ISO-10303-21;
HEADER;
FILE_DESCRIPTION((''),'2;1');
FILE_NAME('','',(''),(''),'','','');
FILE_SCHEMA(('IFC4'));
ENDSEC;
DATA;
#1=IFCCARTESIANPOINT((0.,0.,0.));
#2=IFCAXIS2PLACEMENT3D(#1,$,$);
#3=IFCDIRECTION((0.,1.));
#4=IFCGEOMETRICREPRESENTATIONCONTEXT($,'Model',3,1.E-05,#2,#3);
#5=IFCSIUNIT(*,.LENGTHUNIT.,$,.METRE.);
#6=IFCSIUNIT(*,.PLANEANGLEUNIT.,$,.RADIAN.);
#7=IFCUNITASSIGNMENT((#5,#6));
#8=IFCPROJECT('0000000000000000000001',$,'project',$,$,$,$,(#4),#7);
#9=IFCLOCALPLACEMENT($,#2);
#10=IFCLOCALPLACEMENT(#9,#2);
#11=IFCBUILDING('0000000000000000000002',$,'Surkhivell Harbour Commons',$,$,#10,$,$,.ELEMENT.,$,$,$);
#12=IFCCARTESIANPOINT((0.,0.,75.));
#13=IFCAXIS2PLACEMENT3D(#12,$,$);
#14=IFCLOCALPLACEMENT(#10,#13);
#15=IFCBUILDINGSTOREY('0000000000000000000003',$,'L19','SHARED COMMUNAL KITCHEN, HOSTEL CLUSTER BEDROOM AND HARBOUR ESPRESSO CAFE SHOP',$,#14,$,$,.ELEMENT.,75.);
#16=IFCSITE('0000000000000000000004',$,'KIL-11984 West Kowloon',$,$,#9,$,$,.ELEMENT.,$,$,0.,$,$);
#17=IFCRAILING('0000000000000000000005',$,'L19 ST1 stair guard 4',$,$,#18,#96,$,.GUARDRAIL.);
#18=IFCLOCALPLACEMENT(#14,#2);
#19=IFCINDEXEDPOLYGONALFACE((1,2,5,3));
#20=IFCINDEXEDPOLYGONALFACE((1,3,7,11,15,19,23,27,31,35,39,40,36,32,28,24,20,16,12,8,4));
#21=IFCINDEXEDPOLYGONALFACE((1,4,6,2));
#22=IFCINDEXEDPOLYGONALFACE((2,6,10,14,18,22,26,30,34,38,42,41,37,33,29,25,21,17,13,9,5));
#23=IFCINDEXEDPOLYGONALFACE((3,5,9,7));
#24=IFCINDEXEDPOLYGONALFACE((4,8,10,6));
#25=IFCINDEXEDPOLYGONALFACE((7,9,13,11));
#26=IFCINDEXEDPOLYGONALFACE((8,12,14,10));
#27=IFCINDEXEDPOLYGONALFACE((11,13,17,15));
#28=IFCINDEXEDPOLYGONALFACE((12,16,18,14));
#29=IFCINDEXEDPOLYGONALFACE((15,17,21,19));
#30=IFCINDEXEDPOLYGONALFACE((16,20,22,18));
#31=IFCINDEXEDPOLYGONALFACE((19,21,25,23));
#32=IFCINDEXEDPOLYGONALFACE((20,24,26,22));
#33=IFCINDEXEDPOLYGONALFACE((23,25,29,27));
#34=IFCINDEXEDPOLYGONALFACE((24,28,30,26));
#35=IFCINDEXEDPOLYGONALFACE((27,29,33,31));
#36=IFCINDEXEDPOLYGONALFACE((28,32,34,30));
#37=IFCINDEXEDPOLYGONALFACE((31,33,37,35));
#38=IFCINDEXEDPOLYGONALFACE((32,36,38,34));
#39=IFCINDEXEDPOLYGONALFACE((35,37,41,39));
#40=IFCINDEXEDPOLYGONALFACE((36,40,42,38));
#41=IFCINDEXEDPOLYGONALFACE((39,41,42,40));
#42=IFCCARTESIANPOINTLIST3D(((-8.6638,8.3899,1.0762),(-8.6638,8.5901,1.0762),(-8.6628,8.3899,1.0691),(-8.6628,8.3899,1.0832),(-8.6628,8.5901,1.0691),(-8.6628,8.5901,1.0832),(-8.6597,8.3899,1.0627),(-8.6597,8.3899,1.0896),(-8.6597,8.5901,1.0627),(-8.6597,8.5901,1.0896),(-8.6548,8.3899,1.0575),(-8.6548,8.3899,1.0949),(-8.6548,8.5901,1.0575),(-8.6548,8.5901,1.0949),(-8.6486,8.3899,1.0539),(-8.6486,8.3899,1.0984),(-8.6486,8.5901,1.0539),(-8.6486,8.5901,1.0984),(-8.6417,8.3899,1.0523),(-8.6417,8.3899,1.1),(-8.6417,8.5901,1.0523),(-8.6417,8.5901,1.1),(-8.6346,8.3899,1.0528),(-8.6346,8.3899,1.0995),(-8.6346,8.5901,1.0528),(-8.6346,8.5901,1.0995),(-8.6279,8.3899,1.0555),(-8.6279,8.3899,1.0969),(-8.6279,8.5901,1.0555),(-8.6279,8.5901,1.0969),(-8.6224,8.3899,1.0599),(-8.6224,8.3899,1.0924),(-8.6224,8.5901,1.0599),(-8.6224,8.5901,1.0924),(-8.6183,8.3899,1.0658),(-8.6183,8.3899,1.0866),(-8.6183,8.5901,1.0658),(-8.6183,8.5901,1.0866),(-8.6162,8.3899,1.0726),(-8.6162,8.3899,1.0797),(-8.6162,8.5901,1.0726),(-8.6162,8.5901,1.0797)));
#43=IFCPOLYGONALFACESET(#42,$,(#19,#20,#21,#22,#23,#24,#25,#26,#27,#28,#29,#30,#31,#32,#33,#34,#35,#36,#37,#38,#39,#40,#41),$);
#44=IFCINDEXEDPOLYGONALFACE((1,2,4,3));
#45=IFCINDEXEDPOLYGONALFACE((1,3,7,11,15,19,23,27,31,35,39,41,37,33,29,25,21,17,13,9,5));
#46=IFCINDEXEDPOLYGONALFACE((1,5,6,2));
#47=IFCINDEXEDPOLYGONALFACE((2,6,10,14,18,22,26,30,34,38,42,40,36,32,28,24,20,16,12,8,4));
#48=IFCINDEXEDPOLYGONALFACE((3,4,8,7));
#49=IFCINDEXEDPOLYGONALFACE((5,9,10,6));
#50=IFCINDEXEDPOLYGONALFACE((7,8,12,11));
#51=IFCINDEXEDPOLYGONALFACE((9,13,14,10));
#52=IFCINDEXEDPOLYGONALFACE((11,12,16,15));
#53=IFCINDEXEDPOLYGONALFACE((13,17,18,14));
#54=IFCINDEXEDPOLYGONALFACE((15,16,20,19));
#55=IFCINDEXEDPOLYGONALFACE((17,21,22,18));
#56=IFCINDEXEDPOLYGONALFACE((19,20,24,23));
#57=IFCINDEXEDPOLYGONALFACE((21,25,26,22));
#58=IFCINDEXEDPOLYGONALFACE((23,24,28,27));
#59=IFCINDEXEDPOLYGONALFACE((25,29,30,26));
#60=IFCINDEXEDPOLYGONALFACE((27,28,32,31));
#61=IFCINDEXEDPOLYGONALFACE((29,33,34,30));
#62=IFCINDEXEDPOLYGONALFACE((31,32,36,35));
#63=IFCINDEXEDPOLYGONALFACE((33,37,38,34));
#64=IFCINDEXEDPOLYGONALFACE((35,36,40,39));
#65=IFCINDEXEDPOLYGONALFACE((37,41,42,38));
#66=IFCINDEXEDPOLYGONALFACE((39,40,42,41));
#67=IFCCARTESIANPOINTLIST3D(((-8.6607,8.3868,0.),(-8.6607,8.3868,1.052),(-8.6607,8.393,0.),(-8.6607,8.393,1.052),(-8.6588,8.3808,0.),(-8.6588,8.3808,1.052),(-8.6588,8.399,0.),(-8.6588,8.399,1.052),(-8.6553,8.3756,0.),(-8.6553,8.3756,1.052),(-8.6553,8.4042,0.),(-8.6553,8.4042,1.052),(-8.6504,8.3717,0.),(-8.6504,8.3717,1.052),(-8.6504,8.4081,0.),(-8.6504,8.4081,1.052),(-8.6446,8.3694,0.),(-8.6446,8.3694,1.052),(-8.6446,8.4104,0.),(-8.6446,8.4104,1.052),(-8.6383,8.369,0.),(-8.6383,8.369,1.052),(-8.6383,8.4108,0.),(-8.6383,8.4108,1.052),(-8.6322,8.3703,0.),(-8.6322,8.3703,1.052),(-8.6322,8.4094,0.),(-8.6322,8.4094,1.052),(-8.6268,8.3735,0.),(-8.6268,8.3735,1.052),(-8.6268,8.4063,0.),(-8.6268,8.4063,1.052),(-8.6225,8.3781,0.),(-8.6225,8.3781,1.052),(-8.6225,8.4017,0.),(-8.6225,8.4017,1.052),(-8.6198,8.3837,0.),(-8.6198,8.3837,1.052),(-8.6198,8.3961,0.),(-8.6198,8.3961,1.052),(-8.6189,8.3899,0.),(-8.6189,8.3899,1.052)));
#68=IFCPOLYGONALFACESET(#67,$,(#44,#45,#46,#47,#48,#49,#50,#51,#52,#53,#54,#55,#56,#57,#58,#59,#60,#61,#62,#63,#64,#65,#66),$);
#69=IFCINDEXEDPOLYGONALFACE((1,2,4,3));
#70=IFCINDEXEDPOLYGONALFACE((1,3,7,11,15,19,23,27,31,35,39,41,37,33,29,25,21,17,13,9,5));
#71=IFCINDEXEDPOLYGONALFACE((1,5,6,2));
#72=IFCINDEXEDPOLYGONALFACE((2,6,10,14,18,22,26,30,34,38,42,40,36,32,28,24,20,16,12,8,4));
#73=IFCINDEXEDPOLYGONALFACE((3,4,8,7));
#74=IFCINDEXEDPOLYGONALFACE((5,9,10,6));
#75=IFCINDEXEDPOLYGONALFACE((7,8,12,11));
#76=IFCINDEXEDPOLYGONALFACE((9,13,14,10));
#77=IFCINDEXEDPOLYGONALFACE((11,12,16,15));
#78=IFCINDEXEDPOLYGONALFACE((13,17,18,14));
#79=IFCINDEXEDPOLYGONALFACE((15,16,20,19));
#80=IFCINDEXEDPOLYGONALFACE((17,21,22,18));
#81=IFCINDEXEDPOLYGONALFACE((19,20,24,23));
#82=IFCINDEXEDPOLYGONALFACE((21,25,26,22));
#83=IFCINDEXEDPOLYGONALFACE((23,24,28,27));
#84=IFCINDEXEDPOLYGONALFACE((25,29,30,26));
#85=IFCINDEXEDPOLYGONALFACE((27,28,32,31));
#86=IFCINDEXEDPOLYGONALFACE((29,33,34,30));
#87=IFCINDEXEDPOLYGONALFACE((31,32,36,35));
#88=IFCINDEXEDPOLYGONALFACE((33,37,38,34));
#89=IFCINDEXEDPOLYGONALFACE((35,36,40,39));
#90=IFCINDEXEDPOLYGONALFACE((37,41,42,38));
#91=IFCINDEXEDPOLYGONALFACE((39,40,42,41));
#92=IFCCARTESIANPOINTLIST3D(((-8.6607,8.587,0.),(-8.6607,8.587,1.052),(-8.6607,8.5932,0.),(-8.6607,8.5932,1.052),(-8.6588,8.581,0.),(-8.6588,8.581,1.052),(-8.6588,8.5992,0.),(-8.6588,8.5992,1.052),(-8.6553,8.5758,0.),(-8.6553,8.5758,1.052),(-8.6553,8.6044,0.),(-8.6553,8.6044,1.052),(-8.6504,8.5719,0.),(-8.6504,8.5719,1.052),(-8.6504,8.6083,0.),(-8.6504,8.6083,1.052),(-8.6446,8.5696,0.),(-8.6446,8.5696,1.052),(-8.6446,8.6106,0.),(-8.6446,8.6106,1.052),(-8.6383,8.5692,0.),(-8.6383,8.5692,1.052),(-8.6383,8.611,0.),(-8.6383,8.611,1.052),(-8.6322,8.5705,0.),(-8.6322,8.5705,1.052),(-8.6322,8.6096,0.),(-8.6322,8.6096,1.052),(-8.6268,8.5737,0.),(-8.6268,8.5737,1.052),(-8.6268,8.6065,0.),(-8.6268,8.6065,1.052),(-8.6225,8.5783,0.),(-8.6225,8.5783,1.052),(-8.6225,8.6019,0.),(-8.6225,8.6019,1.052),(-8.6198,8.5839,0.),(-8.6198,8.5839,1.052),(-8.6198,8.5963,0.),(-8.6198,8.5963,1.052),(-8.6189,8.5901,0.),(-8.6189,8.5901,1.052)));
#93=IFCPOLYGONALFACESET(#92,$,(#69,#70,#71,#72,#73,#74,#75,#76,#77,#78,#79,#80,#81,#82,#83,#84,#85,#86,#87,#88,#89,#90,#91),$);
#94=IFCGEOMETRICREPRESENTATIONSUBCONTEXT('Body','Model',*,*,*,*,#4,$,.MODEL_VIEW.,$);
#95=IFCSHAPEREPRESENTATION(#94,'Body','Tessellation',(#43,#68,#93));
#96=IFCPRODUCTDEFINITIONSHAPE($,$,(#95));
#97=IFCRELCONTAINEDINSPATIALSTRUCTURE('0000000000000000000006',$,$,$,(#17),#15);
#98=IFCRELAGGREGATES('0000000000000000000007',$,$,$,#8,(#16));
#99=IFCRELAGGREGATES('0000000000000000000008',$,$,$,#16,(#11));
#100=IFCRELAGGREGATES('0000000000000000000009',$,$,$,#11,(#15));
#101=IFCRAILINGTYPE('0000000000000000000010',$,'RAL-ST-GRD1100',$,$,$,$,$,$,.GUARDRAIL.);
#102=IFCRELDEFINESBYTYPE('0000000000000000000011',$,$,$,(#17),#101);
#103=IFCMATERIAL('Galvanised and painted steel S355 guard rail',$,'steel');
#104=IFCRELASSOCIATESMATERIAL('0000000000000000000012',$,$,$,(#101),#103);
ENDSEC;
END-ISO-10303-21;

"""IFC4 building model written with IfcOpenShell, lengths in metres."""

from ifc_helpers import new_model, si_unit, direction, frame, origin, origin_2d, place, context, subcontext, project, spatial, circle, extrude, material, type_object, element, save


model = new_model("IFC4")

# Units and contexts
model_context = context("Model", 3, precision=1e-05, world=origin(), true_north=direction((0.0, 1.0)))
body_context = subcontext(model_context, "Body", "Model", "MODEL_VIEW")
ifc_project = project(units=[si_unit("LENGTHUNIT", "METRE"), si_unit("PLANEANGLEUNIT", "RADIAN")], contexts=[model_context])

# Site, building, storey
site_placement = place(None, origin())
site = spatial("IfcSite", under=ifc_project, at=site_placement, Name="KIL-11984 West Kowloon", CompositionType="ELEMENT", RefElevation=0.0)
building_placement = place(site_placement, origin())
building = spatial("IfcBuilding", under=site, at=building_placement, Name="Surkhivell Harbour Commons", CompositionType="ELEMENT")
storey_placement = place(building_placement, frame((0.0, 0.0, 75.0)))
storey = spatial("IfcBuildingStorey", under=building, at=storey_placement, Name="L19", Description="SHARED COMMUNAL KITCHEN, HOSTEL CLUSTER BEDROOM AND HARBOUR ESPRESSO CAFE SHOP", CompositionType="ELEMENT", Elevation=75.0)

# Railing
ifc_material_1 = material(Name="Galvanised and painted steel S355 guard rail", Category="steel")
railing_type_1 = type_object("IfcRailingType", Name="RAL-ST-GRD1100", PredefinedType="GUARDRAIL", material=ifc_material_1)
railing_1_placement = place(storey_placement, frame((-8.6399, 8.3899, 0.0)))
element("IfcRailing", 1, at=railing_1_placement, inside=storey, type_object=railing_type_1, Name="L19 ST1 stair guard 4", PredefinedType="GUARDRAIL", context=body_context, shape_type="SweptSolid", body=[
    extrude(circle(Radius=0.0239, at=origin_2d()), frame((0.0, 0.0, 1.0762), z_axis=(0.0, 1.0, 0.0), x_axis=(-1.0, 0.0, 0.0)), (0.0, 0.0, 1.0), 0.2002),
    extrude(circle(Radius=0.021, at=origin_2d()), origin(), (0.0, 0.0, 1.0), 1.052),
    extrude(circle(Radius=0.021, at=origin_2d()), frame((0.0, 0.2002, 0.0)), (0.0, 0.0, 1.0), 1.052),
])

save(model, "model.ifc")
